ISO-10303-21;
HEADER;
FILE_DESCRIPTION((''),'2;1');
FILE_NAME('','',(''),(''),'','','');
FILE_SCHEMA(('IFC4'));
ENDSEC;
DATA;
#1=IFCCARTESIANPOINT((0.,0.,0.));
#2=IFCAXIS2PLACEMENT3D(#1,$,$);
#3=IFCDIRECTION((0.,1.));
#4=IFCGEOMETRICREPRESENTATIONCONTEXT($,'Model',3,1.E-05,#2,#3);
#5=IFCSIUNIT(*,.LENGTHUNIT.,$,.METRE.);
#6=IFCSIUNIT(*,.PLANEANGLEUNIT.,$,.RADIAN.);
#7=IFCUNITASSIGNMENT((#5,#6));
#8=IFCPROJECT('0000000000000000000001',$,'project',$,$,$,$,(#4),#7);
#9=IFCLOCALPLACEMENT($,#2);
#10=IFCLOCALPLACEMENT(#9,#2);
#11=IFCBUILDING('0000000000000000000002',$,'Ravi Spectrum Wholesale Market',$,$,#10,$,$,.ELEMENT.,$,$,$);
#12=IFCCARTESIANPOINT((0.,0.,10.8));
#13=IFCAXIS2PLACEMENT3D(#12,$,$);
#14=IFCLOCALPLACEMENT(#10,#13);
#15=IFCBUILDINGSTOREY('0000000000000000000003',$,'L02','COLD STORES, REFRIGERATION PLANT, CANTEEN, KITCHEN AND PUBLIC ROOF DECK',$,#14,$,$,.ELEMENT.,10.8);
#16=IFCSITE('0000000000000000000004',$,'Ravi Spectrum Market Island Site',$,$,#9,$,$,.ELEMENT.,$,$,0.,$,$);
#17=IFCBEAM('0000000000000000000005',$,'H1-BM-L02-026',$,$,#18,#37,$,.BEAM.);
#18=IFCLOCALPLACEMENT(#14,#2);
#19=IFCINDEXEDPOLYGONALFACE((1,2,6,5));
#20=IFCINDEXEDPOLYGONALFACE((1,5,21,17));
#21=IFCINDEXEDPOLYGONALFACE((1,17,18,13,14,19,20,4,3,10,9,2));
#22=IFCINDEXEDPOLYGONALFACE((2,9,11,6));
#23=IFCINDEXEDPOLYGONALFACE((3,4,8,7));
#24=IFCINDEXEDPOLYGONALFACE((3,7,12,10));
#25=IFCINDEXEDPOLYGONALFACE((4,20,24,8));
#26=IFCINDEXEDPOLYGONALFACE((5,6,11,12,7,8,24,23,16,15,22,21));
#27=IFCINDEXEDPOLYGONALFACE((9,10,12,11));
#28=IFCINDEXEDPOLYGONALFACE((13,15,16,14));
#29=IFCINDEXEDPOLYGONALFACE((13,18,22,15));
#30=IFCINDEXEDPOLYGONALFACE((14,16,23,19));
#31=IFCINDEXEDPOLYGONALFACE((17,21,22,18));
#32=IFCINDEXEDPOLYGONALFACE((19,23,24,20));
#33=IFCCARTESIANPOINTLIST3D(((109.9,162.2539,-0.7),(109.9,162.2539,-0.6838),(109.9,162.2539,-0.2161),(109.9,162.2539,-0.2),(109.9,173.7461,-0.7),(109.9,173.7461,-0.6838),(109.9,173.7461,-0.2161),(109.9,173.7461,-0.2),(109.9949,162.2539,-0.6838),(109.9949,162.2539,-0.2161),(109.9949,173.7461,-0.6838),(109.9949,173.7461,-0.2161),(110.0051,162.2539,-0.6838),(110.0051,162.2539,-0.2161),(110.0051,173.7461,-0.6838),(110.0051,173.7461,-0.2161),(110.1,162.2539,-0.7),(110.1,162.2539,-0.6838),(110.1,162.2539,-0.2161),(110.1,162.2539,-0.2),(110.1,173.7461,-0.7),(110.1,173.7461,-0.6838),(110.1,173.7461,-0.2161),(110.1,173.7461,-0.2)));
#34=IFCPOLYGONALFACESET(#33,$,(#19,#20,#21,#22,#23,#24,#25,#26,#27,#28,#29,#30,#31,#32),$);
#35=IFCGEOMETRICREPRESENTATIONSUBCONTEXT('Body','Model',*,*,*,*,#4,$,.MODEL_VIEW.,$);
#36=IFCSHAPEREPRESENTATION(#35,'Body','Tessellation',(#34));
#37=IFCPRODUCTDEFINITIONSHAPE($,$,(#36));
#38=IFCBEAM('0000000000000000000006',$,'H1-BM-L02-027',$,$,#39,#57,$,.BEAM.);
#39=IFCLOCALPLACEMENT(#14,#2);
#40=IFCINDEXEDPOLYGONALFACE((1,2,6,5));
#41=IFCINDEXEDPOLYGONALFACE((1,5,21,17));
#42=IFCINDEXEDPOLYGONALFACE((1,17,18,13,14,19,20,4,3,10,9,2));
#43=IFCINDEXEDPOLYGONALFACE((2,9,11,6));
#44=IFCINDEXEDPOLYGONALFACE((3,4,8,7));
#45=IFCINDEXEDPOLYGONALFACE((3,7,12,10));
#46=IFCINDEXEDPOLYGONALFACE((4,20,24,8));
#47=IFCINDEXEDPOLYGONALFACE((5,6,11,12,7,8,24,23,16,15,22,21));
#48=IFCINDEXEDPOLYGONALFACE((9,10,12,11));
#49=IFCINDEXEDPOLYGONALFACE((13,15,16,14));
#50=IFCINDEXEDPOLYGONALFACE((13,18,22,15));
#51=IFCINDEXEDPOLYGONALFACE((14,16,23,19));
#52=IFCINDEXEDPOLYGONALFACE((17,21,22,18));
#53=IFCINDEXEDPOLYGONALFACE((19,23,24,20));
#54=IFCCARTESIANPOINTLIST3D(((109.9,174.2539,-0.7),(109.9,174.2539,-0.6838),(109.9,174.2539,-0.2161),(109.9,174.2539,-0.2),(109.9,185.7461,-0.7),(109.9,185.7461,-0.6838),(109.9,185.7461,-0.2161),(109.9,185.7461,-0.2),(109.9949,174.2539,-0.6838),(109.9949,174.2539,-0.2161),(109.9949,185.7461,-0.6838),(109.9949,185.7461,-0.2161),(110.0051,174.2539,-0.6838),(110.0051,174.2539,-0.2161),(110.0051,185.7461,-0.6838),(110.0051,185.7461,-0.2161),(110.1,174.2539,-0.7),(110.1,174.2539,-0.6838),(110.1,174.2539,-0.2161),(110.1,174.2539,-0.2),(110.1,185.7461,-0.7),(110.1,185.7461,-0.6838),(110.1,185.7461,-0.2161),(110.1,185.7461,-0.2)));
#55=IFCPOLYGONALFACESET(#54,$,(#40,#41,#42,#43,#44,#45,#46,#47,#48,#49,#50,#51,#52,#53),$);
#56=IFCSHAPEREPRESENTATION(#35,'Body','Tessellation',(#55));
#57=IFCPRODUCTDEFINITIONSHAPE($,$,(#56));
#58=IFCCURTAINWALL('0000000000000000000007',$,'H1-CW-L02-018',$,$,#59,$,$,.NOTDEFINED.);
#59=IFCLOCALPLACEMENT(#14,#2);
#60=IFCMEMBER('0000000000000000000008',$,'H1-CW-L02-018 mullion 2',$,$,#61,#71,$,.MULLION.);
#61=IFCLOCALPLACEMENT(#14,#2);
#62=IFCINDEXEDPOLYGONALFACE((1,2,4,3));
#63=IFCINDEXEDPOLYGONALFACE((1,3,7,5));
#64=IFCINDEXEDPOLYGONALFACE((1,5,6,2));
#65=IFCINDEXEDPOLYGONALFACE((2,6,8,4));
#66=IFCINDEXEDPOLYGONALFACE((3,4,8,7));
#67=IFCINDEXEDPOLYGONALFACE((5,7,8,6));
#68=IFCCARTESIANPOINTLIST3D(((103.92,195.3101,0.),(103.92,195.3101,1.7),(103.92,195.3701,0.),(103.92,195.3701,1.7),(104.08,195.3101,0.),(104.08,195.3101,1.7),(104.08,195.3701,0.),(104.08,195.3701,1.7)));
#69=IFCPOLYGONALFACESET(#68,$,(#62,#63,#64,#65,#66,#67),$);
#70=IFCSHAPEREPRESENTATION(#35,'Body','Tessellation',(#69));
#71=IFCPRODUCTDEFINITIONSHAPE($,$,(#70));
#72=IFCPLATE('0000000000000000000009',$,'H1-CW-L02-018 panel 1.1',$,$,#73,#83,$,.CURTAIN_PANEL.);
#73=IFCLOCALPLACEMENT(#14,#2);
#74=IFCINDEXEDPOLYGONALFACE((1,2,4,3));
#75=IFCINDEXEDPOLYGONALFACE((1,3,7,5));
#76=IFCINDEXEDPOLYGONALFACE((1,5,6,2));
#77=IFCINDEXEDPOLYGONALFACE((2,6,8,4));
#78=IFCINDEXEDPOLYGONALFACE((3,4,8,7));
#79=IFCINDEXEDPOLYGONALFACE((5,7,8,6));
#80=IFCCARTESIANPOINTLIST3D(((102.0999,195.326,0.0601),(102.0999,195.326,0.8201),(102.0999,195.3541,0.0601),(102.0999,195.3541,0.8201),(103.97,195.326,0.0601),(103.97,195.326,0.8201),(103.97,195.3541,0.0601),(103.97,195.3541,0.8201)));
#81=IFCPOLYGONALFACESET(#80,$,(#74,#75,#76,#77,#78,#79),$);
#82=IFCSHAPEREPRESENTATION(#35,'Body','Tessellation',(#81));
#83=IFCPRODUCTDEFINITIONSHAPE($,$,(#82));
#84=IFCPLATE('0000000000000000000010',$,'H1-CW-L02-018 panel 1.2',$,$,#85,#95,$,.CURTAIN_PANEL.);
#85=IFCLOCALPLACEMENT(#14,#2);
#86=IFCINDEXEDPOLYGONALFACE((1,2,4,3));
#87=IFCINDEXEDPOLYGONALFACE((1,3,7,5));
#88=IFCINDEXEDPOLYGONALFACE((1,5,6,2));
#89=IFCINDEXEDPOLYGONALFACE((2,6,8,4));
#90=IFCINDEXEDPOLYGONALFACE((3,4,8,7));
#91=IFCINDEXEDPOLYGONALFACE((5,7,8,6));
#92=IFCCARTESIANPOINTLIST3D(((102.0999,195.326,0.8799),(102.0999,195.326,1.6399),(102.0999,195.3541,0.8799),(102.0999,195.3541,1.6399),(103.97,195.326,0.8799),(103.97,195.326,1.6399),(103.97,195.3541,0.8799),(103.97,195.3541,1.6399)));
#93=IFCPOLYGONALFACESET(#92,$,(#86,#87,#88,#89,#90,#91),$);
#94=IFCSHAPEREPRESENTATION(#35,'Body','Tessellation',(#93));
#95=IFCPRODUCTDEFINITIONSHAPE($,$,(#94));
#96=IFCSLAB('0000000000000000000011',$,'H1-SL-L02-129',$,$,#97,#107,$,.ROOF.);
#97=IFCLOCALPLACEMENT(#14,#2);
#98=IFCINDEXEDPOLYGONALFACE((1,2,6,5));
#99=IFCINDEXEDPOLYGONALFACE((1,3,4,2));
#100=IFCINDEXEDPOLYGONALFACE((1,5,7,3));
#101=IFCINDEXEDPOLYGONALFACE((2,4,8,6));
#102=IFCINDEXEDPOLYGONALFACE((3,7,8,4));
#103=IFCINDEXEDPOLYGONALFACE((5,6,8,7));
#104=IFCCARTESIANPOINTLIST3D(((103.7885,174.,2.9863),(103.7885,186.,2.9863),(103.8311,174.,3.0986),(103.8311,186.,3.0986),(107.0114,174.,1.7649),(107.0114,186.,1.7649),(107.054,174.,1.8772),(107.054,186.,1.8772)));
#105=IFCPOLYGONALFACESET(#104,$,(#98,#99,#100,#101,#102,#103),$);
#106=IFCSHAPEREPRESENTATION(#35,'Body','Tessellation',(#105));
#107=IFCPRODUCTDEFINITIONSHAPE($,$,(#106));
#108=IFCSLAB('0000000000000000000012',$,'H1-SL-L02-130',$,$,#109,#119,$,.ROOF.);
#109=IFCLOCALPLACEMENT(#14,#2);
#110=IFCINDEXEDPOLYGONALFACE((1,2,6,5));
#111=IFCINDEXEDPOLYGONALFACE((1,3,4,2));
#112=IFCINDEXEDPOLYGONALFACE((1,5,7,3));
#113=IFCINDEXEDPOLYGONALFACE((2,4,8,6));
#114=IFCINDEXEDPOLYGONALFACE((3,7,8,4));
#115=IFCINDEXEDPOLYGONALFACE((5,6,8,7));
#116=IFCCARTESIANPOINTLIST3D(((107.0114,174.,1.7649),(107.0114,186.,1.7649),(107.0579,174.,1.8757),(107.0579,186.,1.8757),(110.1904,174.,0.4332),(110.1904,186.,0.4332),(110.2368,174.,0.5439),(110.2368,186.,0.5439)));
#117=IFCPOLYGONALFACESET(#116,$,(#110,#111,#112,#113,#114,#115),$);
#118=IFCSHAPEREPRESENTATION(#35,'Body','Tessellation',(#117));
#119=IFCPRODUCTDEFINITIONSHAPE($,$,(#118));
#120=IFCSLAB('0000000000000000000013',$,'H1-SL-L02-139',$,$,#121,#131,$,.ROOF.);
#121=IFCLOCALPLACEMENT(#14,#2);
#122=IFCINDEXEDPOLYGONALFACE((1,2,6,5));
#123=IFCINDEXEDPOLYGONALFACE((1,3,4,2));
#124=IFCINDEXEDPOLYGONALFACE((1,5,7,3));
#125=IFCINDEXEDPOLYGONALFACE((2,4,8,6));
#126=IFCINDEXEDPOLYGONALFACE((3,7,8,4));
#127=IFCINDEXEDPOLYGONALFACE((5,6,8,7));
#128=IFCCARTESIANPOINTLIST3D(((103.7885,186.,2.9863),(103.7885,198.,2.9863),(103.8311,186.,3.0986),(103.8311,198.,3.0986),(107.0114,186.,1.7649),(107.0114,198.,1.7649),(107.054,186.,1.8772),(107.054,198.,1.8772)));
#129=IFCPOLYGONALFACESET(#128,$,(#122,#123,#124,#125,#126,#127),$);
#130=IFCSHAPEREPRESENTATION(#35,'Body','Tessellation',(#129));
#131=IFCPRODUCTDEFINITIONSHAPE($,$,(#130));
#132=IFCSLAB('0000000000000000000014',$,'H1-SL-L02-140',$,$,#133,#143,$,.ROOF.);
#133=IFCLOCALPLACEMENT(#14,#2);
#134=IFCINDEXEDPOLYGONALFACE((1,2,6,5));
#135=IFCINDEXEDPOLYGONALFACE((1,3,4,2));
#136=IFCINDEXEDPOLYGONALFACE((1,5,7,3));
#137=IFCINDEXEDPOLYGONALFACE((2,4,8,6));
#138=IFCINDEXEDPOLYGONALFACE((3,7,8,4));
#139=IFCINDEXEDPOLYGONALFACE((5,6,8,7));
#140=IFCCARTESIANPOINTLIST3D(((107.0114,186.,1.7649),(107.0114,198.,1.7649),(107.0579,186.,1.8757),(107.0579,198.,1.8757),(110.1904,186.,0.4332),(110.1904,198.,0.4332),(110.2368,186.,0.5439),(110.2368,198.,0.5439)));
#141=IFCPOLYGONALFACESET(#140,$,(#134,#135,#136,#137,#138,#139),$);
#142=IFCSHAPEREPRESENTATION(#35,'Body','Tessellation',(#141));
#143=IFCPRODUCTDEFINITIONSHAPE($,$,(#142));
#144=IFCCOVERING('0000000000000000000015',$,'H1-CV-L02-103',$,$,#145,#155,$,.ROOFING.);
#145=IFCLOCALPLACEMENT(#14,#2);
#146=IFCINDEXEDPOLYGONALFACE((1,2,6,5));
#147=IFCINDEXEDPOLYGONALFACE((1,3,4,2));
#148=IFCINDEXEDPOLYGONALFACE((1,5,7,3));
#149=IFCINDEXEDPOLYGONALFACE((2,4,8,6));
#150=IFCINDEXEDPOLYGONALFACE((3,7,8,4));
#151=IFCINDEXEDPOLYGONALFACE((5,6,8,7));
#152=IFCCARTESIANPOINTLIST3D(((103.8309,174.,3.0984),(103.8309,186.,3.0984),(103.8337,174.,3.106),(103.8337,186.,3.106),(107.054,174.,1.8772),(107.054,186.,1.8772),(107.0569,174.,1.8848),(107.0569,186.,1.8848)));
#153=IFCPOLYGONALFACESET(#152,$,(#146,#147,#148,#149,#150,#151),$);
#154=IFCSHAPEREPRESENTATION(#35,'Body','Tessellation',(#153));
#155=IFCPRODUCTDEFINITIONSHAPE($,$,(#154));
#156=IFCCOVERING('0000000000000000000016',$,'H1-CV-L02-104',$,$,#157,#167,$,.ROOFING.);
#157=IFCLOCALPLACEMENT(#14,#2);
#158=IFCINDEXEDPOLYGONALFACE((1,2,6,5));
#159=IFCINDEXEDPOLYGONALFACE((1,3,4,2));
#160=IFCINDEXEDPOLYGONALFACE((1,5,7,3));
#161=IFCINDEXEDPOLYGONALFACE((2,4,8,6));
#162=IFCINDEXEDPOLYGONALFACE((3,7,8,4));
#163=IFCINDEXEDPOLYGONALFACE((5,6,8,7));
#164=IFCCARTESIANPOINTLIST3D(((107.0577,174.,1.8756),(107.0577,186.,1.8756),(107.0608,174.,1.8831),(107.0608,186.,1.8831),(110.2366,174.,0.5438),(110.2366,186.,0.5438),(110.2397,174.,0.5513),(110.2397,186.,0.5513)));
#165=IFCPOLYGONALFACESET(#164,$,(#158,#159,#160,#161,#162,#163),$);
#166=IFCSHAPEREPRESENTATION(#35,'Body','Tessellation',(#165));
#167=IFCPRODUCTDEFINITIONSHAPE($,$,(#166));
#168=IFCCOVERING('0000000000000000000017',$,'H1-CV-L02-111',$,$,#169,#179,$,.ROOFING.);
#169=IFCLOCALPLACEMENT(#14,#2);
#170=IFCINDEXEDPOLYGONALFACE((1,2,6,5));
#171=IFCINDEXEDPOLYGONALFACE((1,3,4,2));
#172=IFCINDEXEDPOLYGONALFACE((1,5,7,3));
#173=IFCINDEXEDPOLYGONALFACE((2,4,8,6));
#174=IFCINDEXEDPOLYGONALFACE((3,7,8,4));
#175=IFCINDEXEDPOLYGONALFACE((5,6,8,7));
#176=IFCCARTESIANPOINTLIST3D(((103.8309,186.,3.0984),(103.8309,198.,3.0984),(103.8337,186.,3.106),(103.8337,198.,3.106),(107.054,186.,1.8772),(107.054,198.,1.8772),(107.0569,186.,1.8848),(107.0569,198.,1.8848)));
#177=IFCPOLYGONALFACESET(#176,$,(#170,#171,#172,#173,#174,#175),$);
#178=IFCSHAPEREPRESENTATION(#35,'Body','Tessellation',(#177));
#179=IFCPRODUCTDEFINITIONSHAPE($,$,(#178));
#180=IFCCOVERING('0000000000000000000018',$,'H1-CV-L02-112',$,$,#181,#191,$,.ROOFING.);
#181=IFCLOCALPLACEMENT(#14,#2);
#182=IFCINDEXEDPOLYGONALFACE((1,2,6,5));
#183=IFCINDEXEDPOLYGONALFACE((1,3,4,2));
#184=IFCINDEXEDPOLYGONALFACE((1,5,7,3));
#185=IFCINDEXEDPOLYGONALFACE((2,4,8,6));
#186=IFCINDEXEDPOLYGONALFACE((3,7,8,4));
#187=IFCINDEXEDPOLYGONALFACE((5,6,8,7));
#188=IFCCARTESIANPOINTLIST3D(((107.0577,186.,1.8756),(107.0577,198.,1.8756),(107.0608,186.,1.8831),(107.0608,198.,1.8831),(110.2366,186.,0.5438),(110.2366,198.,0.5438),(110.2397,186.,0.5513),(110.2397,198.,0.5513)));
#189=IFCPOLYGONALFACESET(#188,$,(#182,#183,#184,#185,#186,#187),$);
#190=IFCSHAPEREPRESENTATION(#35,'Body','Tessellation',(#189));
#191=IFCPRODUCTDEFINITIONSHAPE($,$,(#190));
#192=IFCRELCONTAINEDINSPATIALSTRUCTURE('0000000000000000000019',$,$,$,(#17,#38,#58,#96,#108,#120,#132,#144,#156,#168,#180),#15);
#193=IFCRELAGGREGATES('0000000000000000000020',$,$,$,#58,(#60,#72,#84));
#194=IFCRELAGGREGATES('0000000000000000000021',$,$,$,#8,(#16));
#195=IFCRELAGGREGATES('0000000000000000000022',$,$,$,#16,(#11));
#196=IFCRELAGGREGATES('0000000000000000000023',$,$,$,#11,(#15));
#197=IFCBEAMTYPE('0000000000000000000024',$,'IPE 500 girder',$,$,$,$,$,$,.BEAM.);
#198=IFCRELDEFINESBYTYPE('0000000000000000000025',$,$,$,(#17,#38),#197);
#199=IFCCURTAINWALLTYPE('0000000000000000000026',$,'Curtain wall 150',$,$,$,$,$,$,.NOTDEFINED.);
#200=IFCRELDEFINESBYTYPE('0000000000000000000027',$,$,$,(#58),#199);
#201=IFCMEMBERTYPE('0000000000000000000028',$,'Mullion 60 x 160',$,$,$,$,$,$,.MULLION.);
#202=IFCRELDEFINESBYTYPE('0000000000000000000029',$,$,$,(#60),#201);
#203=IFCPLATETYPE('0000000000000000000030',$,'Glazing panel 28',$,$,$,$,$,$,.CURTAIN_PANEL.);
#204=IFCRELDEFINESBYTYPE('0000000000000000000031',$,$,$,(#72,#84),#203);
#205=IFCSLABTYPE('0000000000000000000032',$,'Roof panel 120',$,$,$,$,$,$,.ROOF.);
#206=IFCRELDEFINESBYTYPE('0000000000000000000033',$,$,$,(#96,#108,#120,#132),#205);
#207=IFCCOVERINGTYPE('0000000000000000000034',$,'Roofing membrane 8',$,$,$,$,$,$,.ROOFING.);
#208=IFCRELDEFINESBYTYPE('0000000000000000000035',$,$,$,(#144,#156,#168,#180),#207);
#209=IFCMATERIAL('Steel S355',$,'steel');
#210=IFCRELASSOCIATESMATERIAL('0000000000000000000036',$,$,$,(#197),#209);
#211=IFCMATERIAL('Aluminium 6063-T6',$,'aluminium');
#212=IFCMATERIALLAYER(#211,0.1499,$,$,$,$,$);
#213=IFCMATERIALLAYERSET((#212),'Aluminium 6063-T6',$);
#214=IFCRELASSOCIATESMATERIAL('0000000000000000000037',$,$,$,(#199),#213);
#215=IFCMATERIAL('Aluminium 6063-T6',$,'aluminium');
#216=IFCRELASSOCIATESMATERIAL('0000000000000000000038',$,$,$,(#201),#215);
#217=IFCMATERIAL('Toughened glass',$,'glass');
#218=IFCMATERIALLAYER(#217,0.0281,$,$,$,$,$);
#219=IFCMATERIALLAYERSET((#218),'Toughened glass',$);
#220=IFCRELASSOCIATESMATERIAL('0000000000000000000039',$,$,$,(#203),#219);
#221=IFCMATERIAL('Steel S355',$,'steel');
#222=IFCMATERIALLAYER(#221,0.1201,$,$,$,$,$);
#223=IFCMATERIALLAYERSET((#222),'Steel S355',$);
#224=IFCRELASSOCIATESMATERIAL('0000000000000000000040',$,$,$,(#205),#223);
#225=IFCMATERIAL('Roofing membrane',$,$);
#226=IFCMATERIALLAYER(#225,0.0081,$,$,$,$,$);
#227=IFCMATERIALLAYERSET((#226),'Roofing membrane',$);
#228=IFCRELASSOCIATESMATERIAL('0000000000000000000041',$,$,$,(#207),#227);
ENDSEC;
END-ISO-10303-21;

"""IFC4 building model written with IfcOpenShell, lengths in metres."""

from ifc_helpers import new_model, si_unit, direction, frame, origin, origin_2d, place, context, subcontext, project, spatial, polyline, rectangle, i_section, outline, extrude, material, layer, layer_set, material_profile, profile_set, type_object, element, aggregate, save


model = new_model("IFC4")

# Units and contexts
model_context = context("Model", 3, precision=1e-05, world=origin(), true_north=direction((0.0, 1.0)))
body_context = subcontext(model_context, "Body", "Model", "MODEL_VIEW")
ifc_project = project(units=[si_unit("LENGTHUNIT", "METRE"), si_unit("PLANEANGLEUNIT", "RADIAN")], contexts=[model_context])

# Site, building, storey
site_placement = place(None, origin())
site = spatial("IfcSite", under=ifc_project, at=site_placement, Name="Ravi Spectrum Market Island Site", CompositionType="ELEMENT", RefElevation=0.0)
building_placement = place(site_placement, origin())
building = spatial("IfcBuilding", under=site, at=building_placement, Name="Ravi Spectrum Wholesale Market", CompositionType="ELEMENT")
storey_placement = place(building_placement, frame((0.0, 0.0, 10.8)))
storey = spatial("IfcBuildingStorey", under=building, at=storey_placement, Name="L02", Description="COLD STORES, REFRIGERATION PLANT, CANTEEN, KITCHEN AND PUBLIC ROOF DECK", CompositionType="ELEMENT", Elevation=10.8)

# Beams
ifc_material_1 = material(Name="Steel S355", Category="steel")
ifc_material_profile_1 = material_profile(ifc_material_1, i_section(OverallWidth=0.2, OverallDepth=0.5, WebThickness=0.0103, FlangeThickness=0.0161, at=origin_2d()))
ifc_profile_set_1 = profile_set([ifc_material_profile_1], Name="Steel S355")
beam_type = type_object("IfcBeamType", Name="IPE 500 girder", PredefinedType="BEAM", material=ifc_profile_set_1)
for number, where, z_axis, x_axis, name in (
    (1, (110.0, 162.2539, -0.45), (0.0, 1.0, 0.0), (-1.0, 0.0, 0.0), "H1-BM-L02-026"),
    (2, (110.0, 174.2539, -0.45), (0.0, 1.0, 0.0), (-1.0, 0.0, 0.0), "H1-BM-L02-027"),
):
    element("IfcBeam", number, at=place(storey_placement, frame(where, z_axis=z_axis, x_axis=x_axis)), inside=storey, type_object=beam_type, Name=name, PredefinedType="BEAM", context=body_context, shape_type="SweptSolid", body=[
        extrude(i_section(OverallWidth=0.2, OverallDepth=0.5, WebThickness=0.0103, FlangeThickness=0.0161, at=origin_2d()), origin(), (0.0, 0.0, 1.0), 11.4922),
    ])

# Curtain wall, member, plates
ifc_material_2 = material(Name="Aluminium 6063-T6", Category="aluminium")
ifc_layer_1 = layer(ifc_material_2, 0.1499)
ifc_layer_set_1 = layer_set([ifc_layer_1], Name="Aluminium 6063-T6")
curtain_wall_type = type_object("IfcCurtainWallType", Name="Curtain wall 150", PredefinedType="NOTDEFINED", material=ifc_layer_set_1)
curtain_wall_placement = place(storey_placement, origin())
curtain_wall = element("IfcCurtainWall", 3, at=curtain_wall_placement, inside=storey, type_object=curtain_wall_type, Name="H1-CW-L02-018", PredefinedType="NOTDEFINED")
ifc_material_3 = material(Name="Aluminium 6063-T6", Category="aluminium")
ifc_material_profile_2 = material_profile(ifc_material_3, rectangle(XDim=0.0601, YDim=0.1599, at=origin_2d()))
ifc_profile_set_2 = profile_set([ifc_material_profile_2], Name="Aluminium 6063-T6")
member_type_1 = type_object("IfcMemberType", Name="Mullion 60 x 160", PredefinedType="MULLION", material=ifc_profile_set_2)
member_1_placement = place(storey_placement, frame((104.0, 195.3401, 0.0), z_axis=(0.0, 0.0, 1.0), x_axis=(0.0, 1.0, 0.0)))
member_1 = element("IfcMember", 4, at=member_1_placement, type_object=member_type_1, Name="H1-CW-L02-018 mullion 2", PredefinedType="MULLION", context=body_context, shape_type="SweptSolid", body=[
    extrude(rectangle(XDim=0.0601, YDim=0.1599, at=origin_2d()), origin(), (0.0, 0.0, 1.0), 1.7),
])
ifc_material_4 = material(Name="Toughened glass", Category="glass")
ifc_layer_2 = layer(ifc_material_4, 0.0281)
ifc_layer_set_2 = layer_set([ifc_layer_2], Name="Toughened glass")
plate_type = type_object("IfcPlateType", Name="Glazing panel 28", PredefinedType="CURTAIN_PANEL", material=ifc_layer_set_2)
plate_1_placement = place(storey_placement, frame((103.0349, 195.3401, 0.0601), z_axis=(0.0, 0.0, 1.0), x_axis=(1.0, 0.0, 0.0)))
plate_1 = element("IfcPlate", 5, at=plate_1_placement, type_object=plate_type, Name="H1-CW-L02-018 panel 1.1", PredefinedType="CURTAIN_PANEL", context=body_context, shape_type="SweptSolid", body=[
    extrude(rectangle(XDim=1.8701, YDim=0.0281, at=origin_2d()), origin(), (0.0, 0.0, 1.0), 0.76),
])
plate_2_placement = place(storey_placement, frame((103.0349, 195.3401, 0.8799), z_axis=(0.0, 0.0, 1.0), x_axis=(1.0, 0.0, 0.0)))
plate_2 = element("IfcPlate", 6, at=plate_2_placement, type_object=plate_type, Name="H1-CW-L02-018 panel 1.2", PredefinedType="CURTAIN_PANEL", context=body_context, shape_type="SweptSolid", body=[
    extrude(rectangle(XDim=1.8701, YDim=0.0281, at=origin_2d()), origin(), (0.0, 0.0, 1.0), 0.76),
])
aggregate(curtain_wall, [member_1, plate_1, plate_2])

# Slabs
ifc_material_5 = material(Name="Steel S355", Category="steel")
ifc_layer_3 = layer(ifc_material_5, 0.1201)
ifc_layer_set_3 = layer_set([ifc_layer_3], Name="Steel S355")
slab_type = type_object("IfcSlabType", Name="Roof panel 120", PredefinedType="ROOF", material=ifc_layer_set_3)
slab_1_placement = place(storey_placement, frame((103.8311, 174.0, 3.0986), z_axis=(0.354389, 0.0, 0.935098), x_axis=(0.935098, 0.0, -0.354389)))
element("IfcSlab", 7, at=slab_1_placement, inside=storey, type_object=slab_type, Name="H1-SL-L02-129", PredefinedType="ROOF", context=body_context, shape_type="SweptSolid", body=[
    extrude(outline(polyline([(0.0, 0.0), (3.4466, 0.0), (3.4466, 12.0), (0.0, 12.0), (0.0, 0.0)])), origin(), (0.0, 0.0, -1.0), 0.1201),
])
slab_2_placement = place(storey_placement, frame((107.0579, 174.0, 1.8757), z_axis=(0.3864, 0.0, 0.922331), x_axis=(0.922331, 0.0, -0.3864)))
element("IfcSlab", 8, at=slab_2_placement, inside=storey, type_object=slab_type, Name="H1-SL-L02-130", PredefinedType="ROOF", context=body_context, shape_type="SweptSolid", body=[
    extrude(outline(polyline([(0.0, 0.0), (3.4467, 0.0), (3.4467, 12.0), (0.0, 12.0), (0.0, 0.0)])), origin(), (0.0, 0.0, -1.0), 0.1201),
])
slab_3_placement = place(storey_placement, frame((103.8311, 186.0, 3.0986), z_axis=(0.354389, 0.0, 0.935098), x_axis=(0.935098, 0.0, -0.354389)))
element("IfcSlab", 9, at=slab_3_placement, inside=storey, type_object=slab_type, Name="H1-SL-L02-139", PredefinedType="ROOF", context=body_context, shape_type="SweptSolid", body=[
    extrude(outline(polyline([(0.0, 0.0), (3.4466, 0.0), (3.4466, 12.0), (0.0, 12.0), (0.0, 0.0)])), origin(), (0.0, 0.0, -1.0), 0.1201),
])
slab_4_placement = place(storey_placement, frame((107.0579, 186.0, 1.8757), z_axis=(0.3864, 0.0, 0.922331), x_axis=(0.922331, 0.0, -0.3864)))
element("IfcSlab", 10, at=slab_4_placement, inside=storey, type_object=slab_type, Name="H1-SL-L02-140", PredefinedType="ROOF", context=body_context, shape_type="SweptSolid", body=[
    extrude(outline(polyline([(0.0, 0.0), (3.4467, 0.0), (3.4467, 12.0), (0.0, 12.0), (0.0, 0.0)])), origin(), (0.0, 0.0, -1.0), 0.1201),
])

# Coverings
ifc_material_6 = material(Name="Roofing membrane")
ifc_layer_4 = layer(ifc_material_6, 0.0081)
ifc_layer_set_4 = layer_set([ifc_layer_4], Name="Roofing membrane")
covering_type = type_object("IfcCoveringType", Name="Roofing membrane 8", PredefinedType="ROOFING", material=ifc_layer_set_4)
covering_1_placement = place(storey_placement, frame((103.8337, 174.0, 3.106), z_axis=(0.354304, 0.0, 0.93513), x_axis=(0.93513, 0.0, -0.354304)))
element("IfcCovering", 11, at=covering_1_placement, inside=storey, type_object=covering_type, Name="H1-CV-L02-103", PredefinedType="ROOFING", context=body_context, shape_type="SweptSolid", body=[
    extrude(outline(polyline([(0.0, 0.0), (3.4467, 0.0), (3.4467, 12.0), (0.0, 12.0), (0.0, 0.0)])), origin(), (0.0, 0.0, -1.0), 0.0081),
])
covering_2_placement = place(storey_placement, frame((107.0608, 174.0, 1.8831), z_axis=(0.3864, 0.0, 0.922331), x_axis=(0.922331, 0.0, -0.3864)))
element("IfcCovering", 12, at=covering_2_placement, inside=storey, type_object=covering_type, Name="H1-CV-L02-104", PredefinedType="ROOFING", context=body_context, shape_type="SweptSolid", body=[
    extrude(outline(polyline([(0.0, 0.0), (3.4467, 0.0), (3.4467, 12.0), (0.0, 12.0), (0.0, 0.0)])), origin(), (0.0, 0.0, -1.0), 0.0081),
])
covering_3_placement = place(storey_placement, frame((103.8337, 186.0, 3.106), z_axis=(0.354304, 0.0, 0.93513), x_axis=(0.93513, 0.0, -0.354304)))
element("IfcCovering", 13, at=covering_3_placement, inside=storey, type_object=covering_type, Name="H1-CV-L02-111", PredefinedType="ROOFING", context=body_context, shape_type="SweptSolid", body=[
    extrude(outline(polyline([(0.0, 0.0), (3.4467, 0.0), (3.4467, 12.0), (0.0, 12.0), (0.0, 0.0)])), origin(), (0.0, 0.0, -1.0), 0.0081),
])
covering_4_placement = place(storey_placement, frame((107.0608, 186.0, 1.8831), z_axis=(0.3864, 0.0, 0.922331), x_axis=(0.922331, 0.0, -0.3864)))
element("IfcCovering", 14, at=covering_4_placement, inside=storey, type_object=covering_type, Name="H1-CV-L02-112", PredefinedType="ROOFING", context=body_context, shape_type="SweptSolid", body=[
    extrude(outline(polyline([(0.0, 0.0), (3.4467, 0.0), (3.4467, 12.0), (0.0, 12.0), (0.0, 0.0)])), origin(), (0.0, 0.0, -1.0), 0.0081),
])

save(model, "model.ifc")
